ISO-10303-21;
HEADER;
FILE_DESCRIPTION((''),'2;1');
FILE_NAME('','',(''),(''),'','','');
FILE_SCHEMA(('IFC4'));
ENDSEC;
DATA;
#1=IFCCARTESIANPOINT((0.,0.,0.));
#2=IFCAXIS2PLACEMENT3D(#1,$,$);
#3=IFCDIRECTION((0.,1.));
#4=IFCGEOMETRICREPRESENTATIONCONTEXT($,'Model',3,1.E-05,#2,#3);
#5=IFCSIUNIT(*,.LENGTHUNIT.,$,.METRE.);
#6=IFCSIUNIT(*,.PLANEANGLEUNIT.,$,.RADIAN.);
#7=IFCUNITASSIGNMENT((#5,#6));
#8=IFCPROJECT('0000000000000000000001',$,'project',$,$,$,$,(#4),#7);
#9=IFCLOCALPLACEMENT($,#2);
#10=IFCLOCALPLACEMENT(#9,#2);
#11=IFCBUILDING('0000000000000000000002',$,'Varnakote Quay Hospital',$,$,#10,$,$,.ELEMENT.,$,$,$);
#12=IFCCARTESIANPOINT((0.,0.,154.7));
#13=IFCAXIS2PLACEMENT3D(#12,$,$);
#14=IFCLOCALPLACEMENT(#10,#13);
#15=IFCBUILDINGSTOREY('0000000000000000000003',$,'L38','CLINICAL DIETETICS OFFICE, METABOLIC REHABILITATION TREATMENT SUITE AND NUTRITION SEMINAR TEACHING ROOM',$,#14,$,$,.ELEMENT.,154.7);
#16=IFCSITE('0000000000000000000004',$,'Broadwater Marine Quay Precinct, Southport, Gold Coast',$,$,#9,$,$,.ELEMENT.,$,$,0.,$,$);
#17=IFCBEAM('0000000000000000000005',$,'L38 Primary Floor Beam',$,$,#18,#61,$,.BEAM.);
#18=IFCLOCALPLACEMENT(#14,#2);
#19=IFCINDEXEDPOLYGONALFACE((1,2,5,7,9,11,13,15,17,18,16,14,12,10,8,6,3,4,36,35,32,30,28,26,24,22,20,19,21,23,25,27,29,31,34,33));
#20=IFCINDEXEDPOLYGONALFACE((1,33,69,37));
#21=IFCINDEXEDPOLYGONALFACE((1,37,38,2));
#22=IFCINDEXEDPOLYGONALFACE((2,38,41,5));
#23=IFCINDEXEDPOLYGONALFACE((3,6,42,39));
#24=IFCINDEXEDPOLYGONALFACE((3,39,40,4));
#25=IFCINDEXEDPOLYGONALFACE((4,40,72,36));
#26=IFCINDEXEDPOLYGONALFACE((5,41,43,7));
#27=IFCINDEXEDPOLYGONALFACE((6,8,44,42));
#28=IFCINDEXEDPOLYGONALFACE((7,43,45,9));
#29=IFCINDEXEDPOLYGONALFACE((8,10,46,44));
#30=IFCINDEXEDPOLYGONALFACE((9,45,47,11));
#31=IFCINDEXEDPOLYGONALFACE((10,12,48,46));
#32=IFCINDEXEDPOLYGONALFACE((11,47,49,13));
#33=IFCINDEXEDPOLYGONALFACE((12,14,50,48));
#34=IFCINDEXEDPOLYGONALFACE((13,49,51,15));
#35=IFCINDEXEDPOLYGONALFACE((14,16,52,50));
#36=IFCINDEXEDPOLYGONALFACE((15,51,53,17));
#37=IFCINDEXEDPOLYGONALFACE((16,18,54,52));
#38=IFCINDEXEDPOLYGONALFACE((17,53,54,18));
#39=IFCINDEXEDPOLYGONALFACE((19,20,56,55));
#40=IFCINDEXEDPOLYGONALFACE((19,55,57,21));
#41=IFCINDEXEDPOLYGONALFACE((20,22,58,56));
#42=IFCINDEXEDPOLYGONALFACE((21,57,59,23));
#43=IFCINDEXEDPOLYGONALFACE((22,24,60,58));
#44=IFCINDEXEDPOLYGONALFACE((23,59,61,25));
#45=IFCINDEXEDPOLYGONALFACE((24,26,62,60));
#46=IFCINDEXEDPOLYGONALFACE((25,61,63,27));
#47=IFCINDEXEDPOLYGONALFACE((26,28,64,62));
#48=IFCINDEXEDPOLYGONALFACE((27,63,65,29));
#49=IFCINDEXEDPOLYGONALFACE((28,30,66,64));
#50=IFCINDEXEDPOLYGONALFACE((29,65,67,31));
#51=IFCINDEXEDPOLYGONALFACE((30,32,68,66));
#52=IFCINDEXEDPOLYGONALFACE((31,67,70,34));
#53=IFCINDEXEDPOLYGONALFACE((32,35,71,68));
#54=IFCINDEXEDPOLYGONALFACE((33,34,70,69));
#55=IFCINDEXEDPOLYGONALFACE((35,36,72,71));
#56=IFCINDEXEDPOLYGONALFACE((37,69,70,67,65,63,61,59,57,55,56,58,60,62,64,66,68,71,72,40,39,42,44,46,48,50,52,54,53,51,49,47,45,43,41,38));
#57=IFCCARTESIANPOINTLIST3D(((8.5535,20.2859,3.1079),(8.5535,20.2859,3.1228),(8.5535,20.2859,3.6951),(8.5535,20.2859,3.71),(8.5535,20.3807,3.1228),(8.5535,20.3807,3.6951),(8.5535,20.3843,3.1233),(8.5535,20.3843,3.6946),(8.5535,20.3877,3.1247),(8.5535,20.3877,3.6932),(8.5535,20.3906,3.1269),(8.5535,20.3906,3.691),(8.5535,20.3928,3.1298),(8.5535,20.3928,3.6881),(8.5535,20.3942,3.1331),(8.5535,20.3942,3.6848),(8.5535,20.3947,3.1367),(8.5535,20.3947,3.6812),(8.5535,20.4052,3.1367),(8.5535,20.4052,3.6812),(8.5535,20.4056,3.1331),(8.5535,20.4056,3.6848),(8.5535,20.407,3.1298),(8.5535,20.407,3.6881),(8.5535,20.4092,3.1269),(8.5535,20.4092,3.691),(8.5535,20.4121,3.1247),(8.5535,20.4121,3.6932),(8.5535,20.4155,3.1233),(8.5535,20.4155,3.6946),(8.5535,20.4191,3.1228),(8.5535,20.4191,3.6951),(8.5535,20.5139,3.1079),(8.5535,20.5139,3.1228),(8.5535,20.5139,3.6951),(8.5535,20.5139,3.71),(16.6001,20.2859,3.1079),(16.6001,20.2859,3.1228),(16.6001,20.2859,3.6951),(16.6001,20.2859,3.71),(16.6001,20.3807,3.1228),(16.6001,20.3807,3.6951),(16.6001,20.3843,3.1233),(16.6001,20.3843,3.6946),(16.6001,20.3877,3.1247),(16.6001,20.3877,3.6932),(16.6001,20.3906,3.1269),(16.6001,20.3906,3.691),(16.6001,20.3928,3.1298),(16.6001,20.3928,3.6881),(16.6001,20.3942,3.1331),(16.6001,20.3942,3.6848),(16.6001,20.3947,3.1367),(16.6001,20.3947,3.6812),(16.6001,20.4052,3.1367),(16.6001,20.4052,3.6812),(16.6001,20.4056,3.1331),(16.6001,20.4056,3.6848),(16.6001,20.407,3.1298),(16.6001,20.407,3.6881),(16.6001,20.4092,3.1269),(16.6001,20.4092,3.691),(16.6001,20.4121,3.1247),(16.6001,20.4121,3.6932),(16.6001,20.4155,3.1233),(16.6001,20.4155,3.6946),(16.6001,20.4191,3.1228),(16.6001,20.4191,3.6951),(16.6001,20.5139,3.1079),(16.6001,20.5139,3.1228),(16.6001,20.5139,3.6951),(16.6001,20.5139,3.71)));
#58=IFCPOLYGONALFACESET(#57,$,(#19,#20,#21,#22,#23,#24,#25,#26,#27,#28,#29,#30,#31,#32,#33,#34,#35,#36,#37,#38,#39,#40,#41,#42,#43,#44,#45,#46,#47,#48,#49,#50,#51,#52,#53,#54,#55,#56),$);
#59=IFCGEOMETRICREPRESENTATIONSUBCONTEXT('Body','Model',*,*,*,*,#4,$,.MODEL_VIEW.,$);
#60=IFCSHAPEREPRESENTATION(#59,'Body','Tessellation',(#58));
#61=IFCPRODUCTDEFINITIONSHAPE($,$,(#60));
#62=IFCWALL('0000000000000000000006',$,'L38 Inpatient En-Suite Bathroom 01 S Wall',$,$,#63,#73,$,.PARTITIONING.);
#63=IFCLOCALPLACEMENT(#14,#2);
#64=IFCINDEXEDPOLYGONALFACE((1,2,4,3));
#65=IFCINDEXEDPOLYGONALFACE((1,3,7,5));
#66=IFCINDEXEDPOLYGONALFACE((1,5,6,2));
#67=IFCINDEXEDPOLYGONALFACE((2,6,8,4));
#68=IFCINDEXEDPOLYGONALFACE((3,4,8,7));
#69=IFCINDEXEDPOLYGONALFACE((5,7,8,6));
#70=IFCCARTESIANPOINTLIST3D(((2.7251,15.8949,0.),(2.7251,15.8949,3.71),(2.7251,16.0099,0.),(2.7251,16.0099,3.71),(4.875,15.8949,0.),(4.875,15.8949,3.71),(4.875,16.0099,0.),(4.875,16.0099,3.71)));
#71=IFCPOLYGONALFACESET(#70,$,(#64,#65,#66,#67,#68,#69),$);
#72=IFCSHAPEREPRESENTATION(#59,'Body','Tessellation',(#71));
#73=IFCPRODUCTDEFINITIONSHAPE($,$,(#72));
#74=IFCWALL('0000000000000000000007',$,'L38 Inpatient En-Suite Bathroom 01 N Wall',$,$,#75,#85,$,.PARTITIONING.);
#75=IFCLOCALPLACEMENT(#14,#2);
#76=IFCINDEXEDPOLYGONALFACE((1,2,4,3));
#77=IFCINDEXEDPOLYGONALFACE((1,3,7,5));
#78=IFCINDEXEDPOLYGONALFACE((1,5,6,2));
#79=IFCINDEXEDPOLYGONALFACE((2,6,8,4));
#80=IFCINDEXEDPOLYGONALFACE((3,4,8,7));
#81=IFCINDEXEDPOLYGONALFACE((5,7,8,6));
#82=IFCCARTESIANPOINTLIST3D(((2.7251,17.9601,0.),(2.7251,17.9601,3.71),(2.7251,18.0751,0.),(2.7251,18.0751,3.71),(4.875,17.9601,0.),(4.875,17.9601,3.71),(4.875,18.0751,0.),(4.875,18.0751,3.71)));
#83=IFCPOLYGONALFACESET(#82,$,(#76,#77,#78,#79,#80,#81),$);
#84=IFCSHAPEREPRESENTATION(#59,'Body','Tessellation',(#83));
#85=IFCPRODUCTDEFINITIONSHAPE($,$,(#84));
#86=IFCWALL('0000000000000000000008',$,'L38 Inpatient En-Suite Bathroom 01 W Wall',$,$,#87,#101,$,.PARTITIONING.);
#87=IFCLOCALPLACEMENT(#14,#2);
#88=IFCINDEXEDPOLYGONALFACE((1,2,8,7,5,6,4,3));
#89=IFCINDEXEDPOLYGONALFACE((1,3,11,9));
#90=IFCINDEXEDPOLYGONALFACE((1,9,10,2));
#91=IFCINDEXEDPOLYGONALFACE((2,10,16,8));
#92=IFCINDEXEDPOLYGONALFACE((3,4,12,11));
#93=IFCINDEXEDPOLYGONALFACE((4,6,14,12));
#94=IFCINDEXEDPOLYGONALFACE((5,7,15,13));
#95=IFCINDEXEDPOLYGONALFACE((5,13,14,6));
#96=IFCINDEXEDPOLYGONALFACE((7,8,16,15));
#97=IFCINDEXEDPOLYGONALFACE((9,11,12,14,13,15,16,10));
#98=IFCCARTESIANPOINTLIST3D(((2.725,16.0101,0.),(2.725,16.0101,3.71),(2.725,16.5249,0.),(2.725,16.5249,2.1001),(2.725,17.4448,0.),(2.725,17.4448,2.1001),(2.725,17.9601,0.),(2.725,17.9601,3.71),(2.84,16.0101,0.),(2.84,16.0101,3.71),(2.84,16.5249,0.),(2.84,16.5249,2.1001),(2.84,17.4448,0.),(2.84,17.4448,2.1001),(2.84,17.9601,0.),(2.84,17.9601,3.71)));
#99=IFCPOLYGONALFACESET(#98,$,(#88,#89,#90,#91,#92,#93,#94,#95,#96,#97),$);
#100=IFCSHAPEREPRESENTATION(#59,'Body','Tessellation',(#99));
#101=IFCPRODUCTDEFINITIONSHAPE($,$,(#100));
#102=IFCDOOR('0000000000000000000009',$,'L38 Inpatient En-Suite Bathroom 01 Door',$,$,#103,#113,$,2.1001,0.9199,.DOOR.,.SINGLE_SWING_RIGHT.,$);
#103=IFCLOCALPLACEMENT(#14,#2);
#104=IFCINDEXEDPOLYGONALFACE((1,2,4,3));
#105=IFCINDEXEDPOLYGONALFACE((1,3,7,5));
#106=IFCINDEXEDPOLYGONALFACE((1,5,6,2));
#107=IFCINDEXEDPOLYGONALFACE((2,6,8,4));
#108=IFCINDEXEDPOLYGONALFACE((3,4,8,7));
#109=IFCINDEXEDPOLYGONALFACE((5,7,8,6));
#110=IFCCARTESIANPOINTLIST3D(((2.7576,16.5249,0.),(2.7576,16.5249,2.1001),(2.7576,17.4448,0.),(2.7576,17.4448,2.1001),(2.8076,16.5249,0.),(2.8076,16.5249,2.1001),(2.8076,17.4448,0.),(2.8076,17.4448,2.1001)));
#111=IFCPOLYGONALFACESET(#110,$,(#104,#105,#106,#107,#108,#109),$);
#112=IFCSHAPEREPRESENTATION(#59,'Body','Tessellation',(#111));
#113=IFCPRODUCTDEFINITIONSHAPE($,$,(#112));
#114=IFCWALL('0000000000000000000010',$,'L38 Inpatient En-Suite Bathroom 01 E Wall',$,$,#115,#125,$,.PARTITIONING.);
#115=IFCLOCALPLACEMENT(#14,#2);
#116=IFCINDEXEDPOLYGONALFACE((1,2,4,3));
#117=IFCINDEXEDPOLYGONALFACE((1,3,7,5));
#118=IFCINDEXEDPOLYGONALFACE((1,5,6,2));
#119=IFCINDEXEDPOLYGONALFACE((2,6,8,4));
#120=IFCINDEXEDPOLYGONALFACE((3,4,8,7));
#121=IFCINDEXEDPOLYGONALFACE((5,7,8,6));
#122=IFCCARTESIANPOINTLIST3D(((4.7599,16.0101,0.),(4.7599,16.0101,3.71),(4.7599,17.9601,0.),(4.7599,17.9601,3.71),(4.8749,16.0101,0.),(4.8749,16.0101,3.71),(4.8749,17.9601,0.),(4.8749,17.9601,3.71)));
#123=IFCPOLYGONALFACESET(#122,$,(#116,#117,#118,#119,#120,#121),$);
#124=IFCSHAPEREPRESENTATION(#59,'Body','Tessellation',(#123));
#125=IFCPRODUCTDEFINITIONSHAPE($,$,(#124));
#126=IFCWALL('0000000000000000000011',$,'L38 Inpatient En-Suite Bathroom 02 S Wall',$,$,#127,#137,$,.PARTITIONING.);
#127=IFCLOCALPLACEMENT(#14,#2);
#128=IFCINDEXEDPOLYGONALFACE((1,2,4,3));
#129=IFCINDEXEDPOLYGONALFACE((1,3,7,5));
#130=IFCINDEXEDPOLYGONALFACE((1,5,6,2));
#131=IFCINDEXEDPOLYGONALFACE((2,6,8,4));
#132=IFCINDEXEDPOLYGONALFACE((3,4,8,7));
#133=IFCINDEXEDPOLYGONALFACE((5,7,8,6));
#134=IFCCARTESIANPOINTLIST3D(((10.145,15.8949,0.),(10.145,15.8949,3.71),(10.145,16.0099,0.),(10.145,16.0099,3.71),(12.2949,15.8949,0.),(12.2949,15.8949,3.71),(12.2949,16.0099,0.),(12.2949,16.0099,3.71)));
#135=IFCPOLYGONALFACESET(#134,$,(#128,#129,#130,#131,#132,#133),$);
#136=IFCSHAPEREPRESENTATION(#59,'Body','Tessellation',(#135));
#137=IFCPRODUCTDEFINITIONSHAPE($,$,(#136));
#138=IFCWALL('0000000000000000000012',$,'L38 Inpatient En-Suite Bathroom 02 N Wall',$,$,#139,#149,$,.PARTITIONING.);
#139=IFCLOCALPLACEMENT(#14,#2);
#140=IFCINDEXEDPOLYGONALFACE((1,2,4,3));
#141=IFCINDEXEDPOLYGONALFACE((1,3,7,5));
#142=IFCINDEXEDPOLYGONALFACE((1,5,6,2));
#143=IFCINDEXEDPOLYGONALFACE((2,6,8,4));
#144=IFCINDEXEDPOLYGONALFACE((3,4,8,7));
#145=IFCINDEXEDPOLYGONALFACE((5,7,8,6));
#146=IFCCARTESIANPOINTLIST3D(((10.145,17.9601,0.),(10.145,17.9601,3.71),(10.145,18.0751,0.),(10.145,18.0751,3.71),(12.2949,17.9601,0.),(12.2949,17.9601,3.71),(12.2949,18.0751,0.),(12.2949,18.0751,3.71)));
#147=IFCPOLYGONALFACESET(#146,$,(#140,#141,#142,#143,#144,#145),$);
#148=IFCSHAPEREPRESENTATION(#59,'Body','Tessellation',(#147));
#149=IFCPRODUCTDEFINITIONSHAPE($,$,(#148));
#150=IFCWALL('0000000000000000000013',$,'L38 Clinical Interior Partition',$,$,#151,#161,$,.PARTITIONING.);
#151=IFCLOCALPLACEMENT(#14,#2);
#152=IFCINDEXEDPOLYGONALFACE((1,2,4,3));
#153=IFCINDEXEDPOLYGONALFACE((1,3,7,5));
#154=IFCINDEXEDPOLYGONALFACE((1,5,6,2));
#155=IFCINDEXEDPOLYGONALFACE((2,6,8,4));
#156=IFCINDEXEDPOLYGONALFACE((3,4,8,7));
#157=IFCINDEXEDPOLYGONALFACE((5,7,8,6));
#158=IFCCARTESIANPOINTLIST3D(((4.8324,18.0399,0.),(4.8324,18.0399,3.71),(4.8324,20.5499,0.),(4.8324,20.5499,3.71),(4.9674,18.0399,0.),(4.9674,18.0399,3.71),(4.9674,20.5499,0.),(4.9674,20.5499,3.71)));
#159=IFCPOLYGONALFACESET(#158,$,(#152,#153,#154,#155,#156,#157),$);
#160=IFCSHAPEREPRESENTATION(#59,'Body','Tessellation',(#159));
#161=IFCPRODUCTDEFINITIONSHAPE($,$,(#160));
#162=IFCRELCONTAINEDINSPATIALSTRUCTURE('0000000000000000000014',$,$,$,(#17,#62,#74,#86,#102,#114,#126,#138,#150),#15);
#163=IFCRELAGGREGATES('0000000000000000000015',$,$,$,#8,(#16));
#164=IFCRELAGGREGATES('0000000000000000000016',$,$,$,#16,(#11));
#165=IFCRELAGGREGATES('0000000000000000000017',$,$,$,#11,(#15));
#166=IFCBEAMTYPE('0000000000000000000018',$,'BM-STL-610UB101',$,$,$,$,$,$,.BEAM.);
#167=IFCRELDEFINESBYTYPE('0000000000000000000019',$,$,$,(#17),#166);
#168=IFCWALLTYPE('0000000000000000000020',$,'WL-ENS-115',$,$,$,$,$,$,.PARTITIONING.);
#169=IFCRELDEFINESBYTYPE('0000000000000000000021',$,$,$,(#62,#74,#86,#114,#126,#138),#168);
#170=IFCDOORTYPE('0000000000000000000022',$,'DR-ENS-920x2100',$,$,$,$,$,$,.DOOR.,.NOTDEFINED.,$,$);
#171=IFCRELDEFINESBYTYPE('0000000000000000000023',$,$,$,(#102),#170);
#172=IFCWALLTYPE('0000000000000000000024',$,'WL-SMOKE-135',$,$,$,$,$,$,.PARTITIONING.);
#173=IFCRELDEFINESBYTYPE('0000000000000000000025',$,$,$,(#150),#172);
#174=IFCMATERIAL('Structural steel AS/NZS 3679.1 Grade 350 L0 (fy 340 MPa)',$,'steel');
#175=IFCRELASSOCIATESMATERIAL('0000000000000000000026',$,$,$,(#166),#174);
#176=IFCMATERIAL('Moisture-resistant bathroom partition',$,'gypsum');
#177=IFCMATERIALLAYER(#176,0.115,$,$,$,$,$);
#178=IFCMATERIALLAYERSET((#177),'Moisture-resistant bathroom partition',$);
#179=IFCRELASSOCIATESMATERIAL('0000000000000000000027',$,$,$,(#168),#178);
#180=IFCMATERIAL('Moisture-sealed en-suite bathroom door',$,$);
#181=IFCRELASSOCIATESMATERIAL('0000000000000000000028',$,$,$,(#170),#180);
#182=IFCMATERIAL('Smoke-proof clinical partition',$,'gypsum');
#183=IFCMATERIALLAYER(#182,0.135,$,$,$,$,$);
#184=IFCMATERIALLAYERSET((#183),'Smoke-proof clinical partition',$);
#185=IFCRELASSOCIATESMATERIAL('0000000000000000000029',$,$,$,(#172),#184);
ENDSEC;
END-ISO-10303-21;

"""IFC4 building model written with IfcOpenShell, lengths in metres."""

from ifc_helpers import new_model, si_unit, direction, frame, frame_2d, origin, origin_2d, place, context, subcontext, project, spatial, rectangle, i_section, extrude, material, layer, layer_set, material_profile, profile_set, type_object, element, fill, save


model = new_model("IFC4")

# Units and contexts
model_context = context("Model", 3, precision=1e-05, world=origin(), true_north=direction((0.0, 1.0)))
body_context = subcontext(model_context, "Body", "Model", "MODEL_VIEW")
ifc_project = project(units=[si_unit("LENGTHUNIT", "METRE"), si_unit("PLANEANGLEUNIT", "RADIAN")], contexts=[model_context])

# Site, building, storey
site_placement = place(None, origin())
site = spatial("IfcSite", under=ifc_project, at=site_placement, Name="Broadwater Marine Quay Precinct, Southport, Gold Coast", CompositionType="ELEMENT", RefElevation=0.0)
building_placement = place(site_placement, origin())
building = spatial("IfcBuilding", under=site, at=building_placement, Name="Varnakote Quay Hospital", CompositionType="ELEMENT")
storey_placement = place(building_placement, frame((0.0, 0.0, 154.7)))
storey = spatial("IfcBuildingStorey", under=building, at=storey_placement, Name="L38", Description="CLINICAL DIETETICS OFFICE, METABOLIC REHABILITATION TREATMENT SUITE AND NUTRITION SEMINAR TEACHING ROOM", CompositionType="ELEMENT", Elevation=154.7)

# Beam
ifc_material_1 = material(Name="Structural steel AS/NZS 3679.1 Grade 350 L0 (fy 340 MPa)", Category="steel")
ifc_material_profile_1 = material_profile(ifc_material_1, i_section(OverallWidth=0.228, OverallDepth=0.6021, WebThickness=0.0105, FlangeThickness=0.0149, FilletRadius=0.0139, at=origin_2d()), Name="610UB101")
ifc_profile_set_1 = profile_set([ifc_material_profile_1], Name="Structural steel AS/NZS 3679.1 Grade 350 L0 (fy 340 MPa)")
beam_type_1 = type_object("IfcBeamType", Name="BM-STL-610UB101", PredefinedType="BEAM", material=ifc_profile_set_1)
beam_1_placement = place(storey_placement, frame((8.5535, 20.3999, 3.4089), z_axis=(1.0, 0.0, 0.0), x_axis=(0.0, 1.0, 0.0)))
element("IfcBeam", 1, at=beam_1_placement, inside=storey, type_object=beam_type_1, Name="L38 Primary Floor Beam", PredefinedType="BEAM", context=body_context, shape_type="SweptSolid", body=[
    extrude(i_section(OverallWidth=0.228, OverallDepth=0.6021, WebThickness=0.0105, FlangeThickness=0.0149, FilletRadius=0.0139, at=origin_2d()), origin(), (0.0, 0.0, 1.0), 8.0466),
])

# Walls
ifc_material_2 = material(Name="Moisture-resistant bathroom partition", Category="gypsum")
ifc_layer_1 = layer(ifc_material_2, 0.115)
ifc_layer_set_1 = layer_set([ifc_layer_1], Name="Moisture-resistant bathroom partition")
wall_type_1 = type_object("IfcWallType", Name="WL-ENS-115", PredefinedType="PARTITIONING", material=ifc_layer_set_1)
for number, where, z_axis, x_axis, name in (
    (2, (2.7251, 15.9524, 0.0), (0.0, 0.0, 1.0), (1.0, 0.0, 0.0), "L38 Inpatient En-Suite Bathroom 01 S Wall"),
    (3, (2.7251, 18.0176, 0.0), (0.0, 0.0, 1.0), (1.0, 0.0, 0.0), "L38 Inpatient En-Suite Bathroom 01 N Wall"),
):
    element("IfcWall", number, at=place(storey_placement, frame(where, z_axis=z_axis, x_axis=x_axis)), inside=storey, type_object=wall_type_1, Name=name, PredefinedType="PARTITIONING", context=body_context, shape_type="SweptSolid", body=[
        extrude(rectangle(XDim=2.1499, YDim=0.115, at=frame_2d((1.075, 0.0))), origin(), (0.0, 0.0, 1.0), 3.71),
    ])

# Wall, opening, door
wall_1_placement = place(storey_placement, frame((2.7825, 16.01, 0.0), z_axis=(0.0, 0.0, 1.0), x_axis=(0.0, 1.0, 0.0)))
wall_1 = element("IfcWall", 4, at=wall_1_placement, inside=storey, type_object=wall_type_1, Name="L38 Inpatient En-Suite Bathroom 01 W Wall", PredefinedType="PARTITIONING", context=body_context, shape_type="SweptSolid", body=[
    extrude(rectangle(XDim=1.95, YDim=0.115, at=frame_2d((0.9751, 0.0))), origin(), (0.0, 0.0, 1.0), 3.71),
])
opening_1_placement = place(wall_1_placement, frame((0.5149, 0.0, 0.0)))
opening_1 = element("IfcOpeningElement", 5, at=opening_1_placement, cuts=wall_1, PredefinedType="OPENING", context=body_context, shape_type="SweptSolid", body=[
    extrude(rectangle(XDim=0.9199, YDim=2.1001, at=frame_2d((0.46, 1.05))), frame((0.0, 0.0674, 0.0), z_axis=(0.0, -1.0, 0.0), x_axis=(1.0, 0.0, 0.0)), (0.0, 0.0, 1.0), 0.135),
])
ifc_material_3 = material(Name="Moisture-sealed en-suite bathroom door")
door_type_1 = type_object("IfcDoorType", Name="DR-ENS-920x2100", OperationType="NOTDEFINED", PredefinedType="DOOR", material=ifc_material_3)
door_1_placement = place(opening_1_placement, origin())
door_1 = element("IfcDoor", 6, at=door_1_placement, inside=storey, type_object=door_type_1, Name="L38 Inpatient En-Suite Bathroom 01 Door", OperationType="SINGLE_SWING_RIGHT", OverallHeight=2.1001, OverallWidth=0.9199, PredefinedType="DOOR", context=body_context, shape_type="SweptSolid", body=[
    extrude(rectangle(XDim=0.9199, YDim=2.1001, at=frame_2d((0.46, 1.05))), frame((0.0, 0.0249, 0.0), z_axis=(0.0, -1.0, 0.0), x_axis=(1.0, 0.0, 0.0)), (0.0, 0.0, 1.0), 0.05),
])
fill(opening_1, door_1)

# Walls
wall_2_placement = place(storey_placement, frame((4.8174, 16.01, 0.0), z_axis=(0.0, 0.0, 1.0), x_axis=(0.0, 1.0, 0.0)))
element("IfcWall", 7, at=wall_2_placement, inside=storey, type_object=wall_type_1, Name="L38 Inpatient En-Suite Bathroom 01 E Wall", PredefinedType="PARTITIONING", context=body_context, shape_type="SweptSolid", body=[
    extrude(rectangle(XDim=1.95, YDim=0.115, at=frame_2d((0.9751, 0.0))), origin(), (0.0, 0.0, 1.0), 3.71),
])
for number, where, z_axis, x_axis, name in (
    (8, (10.145, 15.9524, 0.0), (0.0, 0.0, 1.0), (1.0, 0.0, 0.0), "L38 Inpatient En-Suite Bathroom 02 S Wall"),
    (9, (10.145, 18.0176, 0.0), (0.0, 0.0, 1.0), (1.0, 0.0, 0.0), "L38 Inpatient En-Suite Bathroom 02 N Wall"),
):
    element("IfcWall", number, at=place(storey_placement, frame(where, z_axis=z_axis, x_axis=x_axis)), inside=storey, type_object=wall_type_1, Name=name, PredefinedType="PARTITIONING", context=body_context, shape_type="SweptSolid", body=[
        extrude(rectangle(XDim=2.1499, YDim=0.115, at=frame_2d((1.075, 0.0))), origin(), (0.0, 0.0, 1.0), 3.71),
    ])
ifc_material_4 = material(Name="Smoke-proof clinical partition", Category="gypsum")
ifc_layer_2 = layer(ifc_material_4, 0.135)
ifc_layer_set_2 = layer_set([ifc_layer_2], Name="Smoke-proof clinical partition")
wall_type_2 = type_object("IfcWallType", Name="WL-SMOKE-135", PredefinedType="PARTITIONING", material=ifc_layer_set_2)
wall_3_placement = place(storey_placement, frame((4.8999, 18.04, 0.0), z_axis=(0.0, 0.0, 1.0), x_axis=(0.0, 1.0, 0.0)))
element("IfcWall", 10, at=wall_3_placement, inside=storey, type_object=wall_type_2, Name="L38 Clinical Interior Partition", PredefinedType="PARTITIONING", context=body_context, shape_type="SweptSolid", body=[
    extrude(rectangle(XDim=2.51, YDim=0.135, at=frame_2d((1.2549, 0.0))), origin(), (0.0, 0.0, 1.0), 3.71),
])

save(model, "model.ifc")
